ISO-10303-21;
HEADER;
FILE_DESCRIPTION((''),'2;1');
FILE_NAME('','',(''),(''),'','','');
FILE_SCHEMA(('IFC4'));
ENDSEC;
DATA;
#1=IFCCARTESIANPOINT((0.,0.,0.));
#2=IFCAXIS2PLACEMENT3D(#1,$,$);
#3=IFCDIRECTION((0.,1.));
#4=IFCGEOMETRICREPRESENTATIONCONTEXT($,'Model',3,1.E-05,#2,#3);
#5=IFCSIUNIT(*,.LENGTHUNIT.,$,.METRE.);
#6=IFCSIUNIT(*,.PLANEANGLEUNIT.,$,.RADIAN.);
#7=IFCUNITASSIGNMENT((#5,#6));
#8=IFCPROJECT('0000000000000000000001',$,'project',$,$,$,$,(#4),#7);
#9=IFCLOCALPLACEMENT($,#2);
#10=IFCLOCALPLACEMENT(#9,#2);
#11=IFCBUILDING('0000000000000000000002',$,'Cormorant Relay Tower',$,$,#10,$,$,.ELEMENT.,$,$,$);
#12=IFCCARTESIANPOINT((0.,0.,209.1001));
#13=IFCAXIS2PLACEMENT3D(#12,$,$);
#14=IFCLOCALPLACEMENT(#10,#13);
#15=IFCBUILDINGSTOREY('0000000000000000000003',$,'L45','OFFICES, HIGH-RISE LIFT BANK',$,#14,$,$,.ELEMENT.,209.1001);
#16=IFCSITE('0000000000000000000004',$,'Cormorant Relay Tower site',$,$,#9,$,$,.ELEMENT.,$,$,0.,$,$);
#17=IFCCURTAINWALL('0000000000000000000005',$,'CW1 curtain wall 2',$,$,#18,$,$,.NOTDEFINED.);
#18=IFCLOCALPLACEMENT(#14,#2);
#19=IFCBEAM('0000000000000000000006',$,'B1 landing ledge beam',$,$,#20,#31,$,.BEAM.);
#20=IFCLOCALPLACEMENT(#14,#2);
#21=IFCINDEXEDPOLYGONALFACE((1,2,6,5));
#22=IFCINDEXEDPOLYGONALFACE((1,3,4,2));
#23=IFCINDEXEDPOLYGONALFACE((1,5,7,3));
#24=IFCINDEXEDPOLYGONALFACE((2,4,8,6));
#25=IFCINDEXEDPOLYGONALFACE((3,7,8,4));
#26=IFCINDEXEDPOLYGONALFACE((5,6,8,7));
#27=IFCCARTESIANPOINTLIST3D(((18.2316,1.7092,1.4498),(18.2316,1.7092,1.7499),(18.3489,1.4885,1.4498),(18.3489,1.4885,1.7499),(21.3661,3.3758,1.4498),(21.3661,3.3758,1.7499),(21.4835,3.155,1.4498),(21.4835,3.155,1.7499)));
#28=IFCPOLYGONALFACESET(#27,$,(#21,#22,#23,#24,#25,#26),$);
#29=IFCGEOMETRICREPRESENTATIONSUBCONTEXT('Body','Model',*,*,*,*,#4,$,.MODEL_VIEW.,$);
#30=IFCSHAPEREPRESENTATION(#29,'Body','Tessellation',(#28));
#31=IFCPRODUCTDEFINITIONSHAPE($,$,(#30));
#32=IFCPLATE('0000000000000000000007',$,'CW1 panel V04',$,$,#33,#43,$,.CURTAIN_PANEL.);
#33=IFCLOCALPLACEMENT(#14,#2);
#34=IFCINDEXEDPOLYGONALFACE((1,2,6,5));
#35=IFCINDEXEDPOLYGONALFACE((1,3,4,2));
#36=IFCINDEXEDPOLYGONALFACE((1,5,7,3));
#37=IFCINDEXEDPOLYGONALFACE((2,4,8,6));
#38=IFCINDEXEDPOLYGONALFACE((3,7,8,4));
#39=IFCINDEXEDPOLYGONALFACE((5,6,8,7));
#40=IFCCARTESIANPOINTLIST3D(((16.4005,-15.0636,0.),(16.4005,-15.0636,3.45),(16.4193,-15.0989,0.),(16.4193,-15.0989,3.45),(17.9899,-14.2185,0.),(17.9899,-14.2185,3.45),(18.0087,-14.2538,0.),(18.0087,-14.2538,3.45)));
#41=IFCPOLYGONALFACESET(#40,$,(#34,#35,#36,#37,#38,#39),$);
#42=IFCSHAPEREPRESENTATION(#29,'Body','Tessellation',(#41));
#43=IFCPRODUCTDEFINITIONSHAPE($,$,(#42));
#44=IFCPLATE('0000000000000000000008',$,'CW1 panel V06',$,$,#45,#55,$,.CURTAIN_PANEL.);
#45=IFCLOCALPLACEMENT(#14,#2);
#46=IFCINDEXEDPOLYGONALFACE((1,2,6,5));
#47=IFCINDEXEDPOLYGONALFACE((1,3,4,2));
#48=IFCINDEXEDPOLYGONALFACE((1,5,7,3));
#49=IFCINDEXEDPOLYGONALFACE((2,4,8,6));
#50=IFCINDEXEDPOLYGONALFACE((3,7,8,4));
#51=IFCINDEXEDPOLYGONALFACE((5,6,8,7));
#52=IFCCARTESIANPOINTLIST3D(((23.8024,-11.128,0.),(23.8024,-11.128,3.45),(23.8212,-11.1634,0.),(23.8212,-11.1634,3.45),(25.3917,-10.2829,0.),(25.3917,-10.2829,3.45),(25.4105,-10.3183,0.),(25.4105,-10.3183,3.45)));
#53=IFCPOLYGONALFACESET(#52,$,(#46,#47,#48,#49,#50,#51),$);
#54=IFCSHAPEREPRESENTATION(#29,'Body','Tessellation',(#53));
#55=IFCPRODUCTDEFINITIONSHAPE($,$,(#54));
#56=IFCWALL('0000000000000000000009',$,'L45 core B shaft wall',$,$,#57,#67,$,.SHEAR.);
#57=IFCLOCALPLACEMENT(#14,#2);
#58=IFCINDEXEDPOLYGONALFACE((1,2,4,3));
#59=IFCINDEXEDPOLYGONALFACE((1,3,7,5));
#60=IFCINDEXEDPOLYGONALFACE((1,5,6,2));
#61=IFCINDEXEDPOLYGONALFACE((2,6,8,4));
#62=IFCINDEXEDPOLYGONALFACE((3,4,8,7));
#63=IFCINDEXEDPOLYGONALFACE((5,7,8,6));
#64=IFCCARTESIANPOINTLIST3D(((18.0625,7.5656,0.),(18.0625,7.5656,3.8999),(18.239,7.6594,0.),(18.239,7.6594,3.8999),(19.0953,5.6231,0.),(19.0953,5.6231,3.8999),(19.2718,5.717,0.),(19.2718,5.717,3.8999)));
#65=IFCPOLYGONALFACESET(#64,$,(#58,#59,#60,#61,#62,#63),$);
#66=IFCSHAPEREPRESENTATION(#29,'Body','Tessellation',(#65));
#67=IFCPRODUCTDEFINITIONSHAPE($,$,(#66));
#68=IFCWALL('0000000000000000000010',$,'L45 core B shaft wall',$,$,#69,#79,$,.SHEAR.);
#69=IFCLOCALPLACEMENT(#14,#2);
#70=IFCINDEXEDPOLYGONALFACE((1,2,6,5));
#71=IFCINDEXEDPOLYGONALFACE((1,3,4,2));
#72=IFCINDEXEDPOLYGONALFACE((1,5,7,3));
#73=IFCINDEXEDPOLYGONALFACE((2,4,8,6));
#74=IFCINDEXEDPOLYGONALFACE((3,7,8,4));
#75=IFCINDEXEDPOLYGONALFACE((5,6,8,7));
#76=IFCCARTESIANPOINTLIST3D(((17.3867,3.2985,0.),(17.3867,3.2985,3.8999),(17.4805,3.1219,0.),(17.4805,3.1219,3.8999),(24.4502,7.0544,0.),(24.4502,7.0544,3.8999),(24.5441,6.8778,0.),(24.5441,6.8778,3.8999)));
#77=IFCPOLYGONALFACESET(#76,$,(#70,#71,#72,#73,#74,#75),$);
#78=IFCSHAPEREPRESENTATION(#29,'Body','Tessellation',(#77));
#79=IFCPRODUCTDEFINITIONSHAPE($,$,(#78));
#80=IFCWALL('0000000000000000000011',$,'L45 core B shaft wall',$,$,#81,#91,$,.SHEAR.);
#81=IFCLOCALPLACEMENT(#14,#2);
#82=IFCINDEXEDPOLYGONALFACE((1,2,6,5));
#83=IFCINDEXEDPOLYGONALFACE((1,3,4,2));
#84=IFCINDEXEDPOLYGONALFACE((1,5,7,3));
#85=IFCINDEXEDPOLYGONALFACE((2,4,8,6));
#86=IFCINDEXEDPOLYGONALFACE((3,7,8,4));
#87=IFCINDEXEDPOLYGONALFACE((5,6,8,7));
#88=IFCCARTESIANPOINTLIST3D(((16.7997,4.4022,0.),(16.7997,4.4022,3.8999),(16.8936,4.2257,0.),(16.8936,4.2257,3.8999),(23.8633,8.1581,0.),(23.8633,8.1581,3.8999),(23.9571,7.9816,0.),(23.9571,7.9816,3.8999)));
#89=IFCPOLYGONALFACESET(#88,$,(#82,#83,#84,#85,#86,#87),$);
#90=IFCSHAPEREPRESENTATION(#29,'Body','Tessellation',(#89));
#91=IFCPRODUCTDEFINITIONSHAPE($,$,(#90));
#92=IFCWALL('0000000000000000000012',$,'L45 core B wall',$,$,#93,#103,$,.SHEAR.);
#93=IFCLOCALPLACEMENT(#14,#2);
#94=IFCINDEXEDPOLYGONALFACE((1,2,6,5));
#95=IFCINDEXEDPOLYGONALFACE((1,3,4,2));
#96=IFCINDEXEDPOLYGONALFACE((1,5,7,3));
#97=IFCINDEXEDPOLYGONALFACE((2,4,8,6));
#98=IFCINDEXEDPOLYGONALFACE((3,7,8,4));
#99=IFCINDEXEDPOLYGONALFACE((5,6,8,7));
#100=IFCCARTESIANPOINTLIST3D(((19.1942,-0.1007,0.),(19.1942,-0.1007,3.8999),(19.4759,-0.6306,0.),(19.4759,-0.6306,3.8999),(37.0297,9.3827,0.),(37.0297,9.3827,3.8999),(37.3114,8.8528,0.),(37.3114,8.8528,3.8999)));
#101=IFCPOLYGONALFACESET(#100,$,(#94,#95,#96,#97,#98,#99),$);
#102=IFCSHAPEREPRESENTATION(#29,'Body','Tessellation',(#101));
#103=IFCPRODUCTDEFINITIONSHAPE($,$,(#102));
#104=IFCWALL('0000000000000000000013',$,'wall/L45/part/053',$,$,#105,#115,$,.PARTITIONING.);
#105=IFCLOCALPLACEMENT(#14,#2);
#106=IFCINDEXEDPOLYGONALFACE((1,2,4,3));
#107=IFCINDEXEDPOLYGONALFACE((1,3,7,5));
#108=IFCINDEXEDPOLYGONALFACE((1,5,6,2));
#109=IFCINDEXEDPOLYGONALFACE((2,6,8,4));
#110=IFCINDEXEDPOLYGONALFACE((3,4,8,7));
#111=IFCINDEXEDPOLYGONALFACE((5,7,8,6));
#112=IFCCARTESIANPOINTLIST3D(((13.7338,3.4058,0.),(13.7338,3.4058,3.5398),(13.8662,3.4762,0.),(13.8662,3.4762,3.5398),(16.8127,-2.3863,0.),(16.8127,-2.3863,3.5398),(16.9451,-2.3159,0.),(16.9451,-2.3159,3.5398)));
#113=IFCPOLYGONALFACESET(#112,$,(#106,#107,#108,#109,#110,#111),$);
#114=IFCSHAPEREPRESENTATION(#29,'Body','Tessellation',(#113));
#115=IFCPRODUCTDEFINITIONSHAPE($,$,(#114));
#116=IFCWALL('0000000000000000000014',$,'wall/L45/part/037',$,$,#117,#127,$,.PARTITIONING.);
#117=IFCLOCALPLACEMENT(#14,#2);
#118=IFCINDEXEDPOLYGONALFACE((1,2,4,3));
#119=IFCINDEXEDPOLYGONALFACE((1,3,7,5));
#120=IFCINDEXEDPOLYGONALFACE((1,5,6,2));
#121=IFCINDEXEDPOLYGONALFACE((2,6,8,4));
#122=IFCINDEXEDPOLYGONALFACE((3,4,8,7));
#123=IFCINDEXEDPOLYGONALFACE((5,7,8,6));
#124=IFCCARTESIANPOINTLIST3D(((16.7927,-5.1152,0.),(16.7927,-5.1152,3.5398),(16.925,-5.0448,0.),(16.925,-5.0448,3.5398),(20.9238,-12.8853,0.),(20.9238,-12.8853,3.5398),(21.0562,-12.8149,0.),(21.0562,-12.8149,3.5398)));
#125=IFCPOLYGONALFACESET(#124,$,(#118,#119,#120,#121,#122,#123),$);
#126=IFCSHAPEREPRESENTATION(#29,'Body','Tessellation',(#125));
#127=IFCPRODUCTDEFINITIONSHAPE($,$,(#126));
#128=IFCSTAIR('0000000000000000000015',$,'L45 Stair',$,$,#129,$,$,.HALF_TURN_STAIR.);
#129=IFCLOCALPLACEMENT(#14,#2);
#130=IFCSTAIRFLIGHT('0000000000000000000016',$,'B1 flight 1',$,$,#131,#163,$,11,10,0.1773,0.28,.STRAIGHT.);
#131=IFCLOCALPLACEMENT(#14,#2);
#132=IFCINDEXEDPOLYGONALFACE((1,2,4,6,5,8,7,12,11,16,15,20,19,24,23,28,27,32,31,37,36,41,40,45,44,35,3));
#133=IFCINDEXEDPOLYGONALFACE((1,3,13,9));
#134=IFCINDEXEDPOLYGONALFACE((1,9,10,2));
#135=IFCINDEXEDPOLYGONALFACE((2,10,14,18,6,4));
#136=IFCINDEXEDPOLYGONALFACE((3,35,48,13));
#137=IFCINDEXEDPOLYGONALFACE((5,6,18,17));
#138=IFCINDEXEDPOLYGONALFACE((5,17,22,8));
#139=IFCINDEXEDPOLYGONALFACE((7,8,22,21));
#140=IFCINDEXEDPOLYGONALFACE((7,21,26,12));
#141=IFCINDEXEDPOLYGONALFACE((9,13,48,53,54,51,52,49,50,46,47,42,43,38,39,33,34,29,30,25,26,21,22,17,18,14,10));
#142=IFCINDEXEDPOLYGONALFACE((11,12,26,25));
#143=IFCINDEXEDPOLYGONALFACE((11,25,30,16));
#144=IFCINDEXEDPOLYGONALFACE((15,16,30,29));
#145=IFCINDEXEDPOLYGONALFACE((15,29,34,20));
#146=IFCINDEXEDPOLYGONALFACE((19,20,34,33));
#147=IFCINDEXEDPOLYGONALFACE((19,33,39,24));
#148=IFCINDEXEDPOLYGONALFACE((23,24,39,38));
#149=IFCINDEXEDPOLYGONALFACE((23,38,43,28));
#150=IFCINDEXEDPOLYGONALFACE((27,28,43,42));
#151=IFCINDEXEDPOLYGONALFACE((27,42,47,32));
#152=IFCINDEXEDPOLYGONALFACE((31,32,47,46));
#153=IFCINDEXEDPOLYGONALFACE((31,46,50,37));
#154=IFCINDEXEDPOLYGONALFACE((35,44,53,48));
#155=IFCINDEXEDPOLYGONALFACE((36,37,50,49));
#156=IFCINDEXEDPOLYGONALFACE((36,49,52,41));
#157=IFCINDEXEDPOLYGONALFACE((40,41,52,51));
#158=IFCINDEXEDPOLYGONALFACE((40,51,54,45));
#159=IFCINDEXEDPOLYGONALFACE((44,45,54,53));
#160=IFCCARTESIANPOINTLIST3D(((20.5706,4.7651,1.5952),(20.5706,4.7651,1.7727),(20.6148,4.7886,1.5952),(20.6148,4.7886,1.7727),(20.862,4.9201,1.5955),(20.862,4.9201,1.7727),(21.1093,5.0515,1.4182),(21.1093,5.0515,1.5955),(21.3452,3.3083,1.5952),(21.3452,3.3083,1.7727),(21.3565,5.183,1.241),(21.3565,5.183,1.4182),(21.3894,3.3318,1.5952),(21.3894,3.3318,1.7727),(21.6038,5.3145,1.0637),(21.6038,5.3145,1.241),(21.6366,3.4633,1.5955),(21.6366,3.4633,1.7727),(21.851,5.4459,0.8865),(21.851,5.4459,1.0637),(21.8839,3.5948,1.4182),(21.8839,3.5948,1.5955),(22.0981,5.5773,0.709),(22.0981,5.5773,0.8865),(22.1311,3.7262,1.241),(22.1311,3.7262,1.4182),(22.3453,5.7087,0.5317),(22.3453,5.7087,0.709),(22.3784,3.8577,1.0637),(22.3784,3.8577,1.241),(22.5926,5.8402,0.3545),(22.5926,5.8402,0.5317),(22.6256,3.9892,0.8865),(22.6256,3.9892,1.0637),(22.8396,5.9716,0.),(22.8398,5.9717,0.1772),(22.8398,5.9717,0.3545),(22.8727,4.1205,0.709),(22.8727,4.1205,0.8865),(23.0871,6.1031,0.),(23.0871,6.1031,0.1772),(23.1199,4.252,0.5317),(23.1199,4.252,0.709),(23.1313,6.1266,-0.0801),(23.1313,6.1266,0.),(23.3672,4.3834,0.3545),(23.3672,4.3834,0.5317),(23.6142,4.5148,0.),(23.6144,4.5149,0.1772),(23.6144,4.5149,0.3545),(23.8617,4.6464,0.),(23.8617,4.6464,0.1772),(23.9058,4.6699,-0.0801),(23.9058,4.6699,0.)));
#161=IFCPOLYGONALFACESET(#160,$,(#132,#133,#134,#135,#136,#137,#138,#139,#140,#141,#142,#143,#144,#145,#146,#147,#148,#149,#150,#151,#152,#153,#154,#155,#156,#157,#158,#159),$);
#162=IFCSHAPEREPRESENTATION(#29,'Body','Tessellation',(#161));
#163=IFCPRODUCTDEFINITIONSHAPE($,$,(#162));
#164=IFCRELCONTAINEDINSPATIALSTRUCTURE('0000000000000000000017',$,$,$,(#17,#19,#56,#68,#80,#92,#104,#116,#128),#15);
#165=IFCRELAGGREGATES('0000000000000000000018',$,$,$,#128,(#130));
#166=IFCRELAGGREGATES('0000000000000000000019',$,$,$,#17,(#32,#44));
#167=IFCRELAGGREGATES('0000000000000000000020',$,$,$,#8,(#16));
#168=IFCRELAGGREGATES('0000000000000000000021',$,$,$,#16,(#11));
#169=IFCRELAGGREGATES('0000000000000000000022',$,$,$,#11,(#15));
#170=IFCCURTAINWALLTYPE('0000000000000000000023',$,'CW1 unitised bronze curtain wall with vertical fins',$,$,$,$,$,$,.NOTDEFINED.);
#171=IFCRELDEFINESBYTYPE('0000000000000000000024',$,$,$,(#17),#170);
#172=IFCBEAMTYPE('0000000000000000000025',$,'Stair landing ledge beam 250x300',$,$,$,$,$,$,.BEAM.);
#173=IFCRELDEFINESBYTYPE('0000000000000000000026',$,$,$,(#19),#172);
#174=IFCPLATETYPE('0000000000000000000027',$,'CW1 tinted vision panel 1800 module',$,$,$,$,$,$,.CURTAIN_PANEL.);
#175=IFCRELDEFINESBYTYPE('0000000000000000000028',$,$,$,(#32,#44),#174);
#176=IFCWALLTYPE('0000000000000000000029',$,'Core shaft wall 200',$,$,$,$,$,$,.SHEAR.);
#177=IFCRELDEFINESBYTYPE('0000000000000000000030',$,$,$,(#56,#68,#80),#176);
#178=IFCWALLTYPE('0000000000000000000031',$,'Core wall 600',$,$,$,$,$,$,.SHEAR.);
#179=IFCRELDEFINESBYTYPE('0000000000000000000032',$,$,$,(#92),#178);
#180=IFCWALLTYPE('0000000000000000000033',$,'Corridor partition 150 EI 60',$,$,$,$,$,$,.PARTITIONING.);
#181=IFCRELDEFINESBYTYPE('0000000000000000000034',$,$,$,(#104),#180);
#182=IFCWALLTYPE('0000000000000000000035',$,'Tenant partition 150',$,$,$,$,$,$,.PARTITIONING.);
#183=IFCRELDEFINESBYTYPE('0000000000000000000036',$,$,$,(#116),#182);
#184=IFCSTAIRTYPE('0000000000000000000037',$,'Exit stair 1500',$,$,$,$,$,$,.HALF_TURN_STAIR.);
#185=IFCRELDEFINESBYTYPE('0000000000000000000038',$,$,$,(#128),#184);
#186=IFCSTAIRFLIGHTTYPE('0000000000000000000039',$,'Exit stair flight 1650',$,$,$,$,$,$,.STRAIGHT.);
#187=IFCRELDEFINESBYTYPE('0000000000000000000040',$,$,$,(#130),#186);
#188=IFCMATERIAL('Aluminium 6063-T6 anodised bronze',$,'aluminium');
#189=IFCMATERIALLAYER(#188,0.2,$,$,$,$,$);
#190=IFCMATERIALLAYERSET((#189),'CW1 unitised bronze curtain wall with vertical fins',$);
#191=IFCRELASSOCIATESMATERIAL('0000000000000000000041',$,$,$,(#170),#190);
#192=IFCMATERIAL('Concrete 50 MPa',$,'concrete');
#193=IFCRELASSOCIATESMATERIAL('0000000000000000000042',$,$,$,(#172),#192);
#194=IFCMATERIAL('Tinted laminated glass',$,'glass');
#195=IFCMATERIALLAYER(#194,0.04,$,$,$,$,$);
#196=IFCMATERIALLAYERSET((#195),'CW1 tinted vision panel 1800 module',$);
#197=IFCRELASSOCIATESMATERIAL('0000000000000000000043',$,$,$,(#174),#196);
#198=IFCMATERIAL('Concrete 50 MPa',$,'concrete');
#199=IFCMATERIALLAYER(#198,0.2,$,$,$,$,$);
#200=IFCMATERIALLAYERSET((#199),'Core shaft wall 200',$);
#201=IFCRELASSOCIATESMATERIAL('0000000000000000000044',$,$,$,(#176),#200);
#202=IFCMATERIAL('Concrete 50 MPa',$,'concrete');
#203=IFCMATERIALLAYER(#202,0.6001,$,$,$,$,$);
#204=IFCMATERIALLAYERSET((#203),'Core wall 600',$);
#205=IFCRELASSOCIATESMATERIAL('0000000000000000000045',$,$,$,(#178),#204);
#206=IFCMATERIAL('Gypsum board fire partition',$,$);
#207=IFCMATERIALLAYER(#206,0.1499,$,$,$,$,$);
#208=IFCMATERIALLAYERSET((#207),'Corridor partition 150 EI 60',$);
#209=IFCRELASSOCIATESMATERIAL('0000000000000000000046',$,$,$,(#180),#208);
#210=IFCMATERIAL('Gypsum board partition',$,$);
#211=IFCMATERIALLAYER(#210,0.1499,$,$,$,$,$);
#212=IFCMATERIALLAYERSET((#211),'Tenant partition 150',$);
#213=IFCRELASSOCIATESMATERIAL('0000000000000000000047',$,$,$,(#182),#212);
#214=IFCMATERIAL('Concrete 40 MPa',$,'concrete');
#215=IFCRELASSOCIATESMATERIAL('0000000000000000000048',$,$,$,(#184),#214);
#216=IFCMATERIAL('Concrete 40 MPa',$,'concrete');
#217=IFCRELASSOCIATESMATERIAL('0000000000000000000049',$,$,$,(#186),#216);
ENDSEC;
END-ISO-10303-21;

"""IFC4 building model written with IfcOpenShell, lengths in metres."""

from ifc_helpers import new_model, si_unit, direction, frame, frame_2d, origin, origin_2d, place, context, subcontext, project, spatial, polyline, rectangle, outline, extrude, material, layer, layer_set, material_profile, profile_set, type_object, element, aggregate, save


model = new_model("IFC4")

# Units and contexts
model_context = context("Model", 3, precision=1e-05, world=origin(), true_north=direction((0.0, 1.0)))
body_context = subcontext(model_context, "Body", "Model", "MODEL_VIEW")
ifc_project = project(units=[si_unit("LENGTHUNIT", "METRE"), si_unit("PLANEANGLEUNIT", "RADIAN")], contexts=[model_context])

# Site, building, storey
site_placement = place(None, origin())
site = spatial("IfcSite", under=ifc_project, at=site_placement, Name="Cormorant Relay Tower site", CompositionType="ELEMENT", RefElevation=0.0)
building_placement = place(site_placement, origin())
building = spatial("IfcBuilding", under=site, at=building_placement, Name="Cormorant Relay Tower", CompositionType="ELEMENT")
storey_placement = place(building_placement, frame((0.0, 0.0, 209.1001)))
storey = spatial("IfcBuildingStorey", under=building, at=storey_placement, Name="L45", Description="OFFICES, HIGH-RISE LIFT BANK", CompositionType="ELEMENT", Elevation=209.1001)

# Curtain wall
ifc_material_1 = material(Name="Aluminium 6063-T6 anodised bronze", Category="aluminium")
ifc_layer_1 = layer(ifc_material_1, 0.2)
ifc_layer_set_1 = layer_set([ifc_layer_1], Name="CW1 unitised bronze curtain wall with vertical fins")
curtain_wall_type = type_object("IfcCurtainWallType", Name="CW1 unitised bronze curtain wall with vertical fins", PredefinedType="NOTDEFINED", material=ifc_layer_set_1)
curtain_wall_placement = place(storey_placement, origin())
curtain_wall = element("IfcCurtainWall", 1, at=curtain_wall_placement, inside=storey, type_object=curtain_wall_type, Name="CW1 curtain wall 2", PredefinedType="NOTDEFINED")

# Beam
ifc_material_2 = material(Name="Concrete 50 MPa", Category="concrete")
ifc_material_profile_1 = material_profile(ifc_material_2, rectangle(XDim=0.25, YDim=0.3, at=origin_2d()), Name="RC 250x300")
ifc_profile_set_1 = profile_set([ifc_material_profile_1], Name="Concrete 50 MPa")
beam_type_1 = type_object("IfcBeamType", Name="Stair landing ledge beam 250x300", PredefinedType="BEAM", material=ifc_profile_set_1)
beam_1_placement = place(storey_placement, frame((21.4248, 3.2654, 1.5999), z_axis=(-0.882965, -0.469438, 0.0), x_axis=(0.469438, -0.882965, 0.0)))
element("IfcBeam", 2, at=beam_1_placement, inside=storey, type_object=beam_type_1, Name="B1 landing ledge beam", PredefinedType="BEAM", context=body_context, shape_type="SweptSolid", body=[
    extrude(rectangle(XDim=0.25, YDim=0.3, at=origin_2d()), origin(), (0.0, 0.0, 1.0), 3.55),
])

# Plates
ifc_material_3 = material(Name="Tinted laminated glass", Category="glass")
ifc_layer_2 = layer(ifc_material_3, 0.04)
ifc_layer_set_2 = layer_set([ifc_layer_2], Name="CW1 tinted vision panel 1800 module")
plate_type = type_object("IfcPlateType", Name="CW1 tinted vision panel 1800 module", PredefinedType="CURTAIN_PANEL", material=ifc_layer_set_2)
plate_1_placement = place(storey_placement, frame((17.2046, -14.6587, 0.0), z_axis=(0.0, 0.0, 1.0), x_axis=(0.882948, 0.469472, 0.0)))
plate_1 = element("IfcPlate", 3, at=plate_1_placement, type_object=plate_type, Name="CW1 panel V04", PredefinedType="CURTAIN_PANEL", context=body_context, shape_type="SweptSolid", body=[
    extrude(rectangle(XDim=1.8, YDim=0.04, at=origin_2d()), origin(), (0.0, 0.0, 1.0), 3.45),
])
plate_2_placement = place(storey_placement, frame((24.6064, -10.7231, 0.0), z_axis=(0.0, 0.0, 1.0), x_axis=(0.882948, 0.469472, 0.0)))
plate_2 = element("IfcPlate", 4, at=plate_2_placement, type_object=plate_type, Name="CW1 panel V06", PredefinedType="CURTAIN_PANEL", context=body_context, shape_type="SweptSolid", body=[
    extrude(rectangle(XDim=1.8, YDim=0.04, at=origin_2d()), origin(), (0.0, 0.0, 1.0), 3.45),
])

# Walls
ifc_material_4 = material(Name="Concrete 50 MPa", Category="concrete")
ifc_layer_3 = layer(ifc_material_4, 0.2)
ifc_layer_set_3 = layer_set([ifc_layer_3], Name="Core shaft wall 200")
wall_type_1 = type_object("IfcWallType", Name="Core shaft wall 200", PredefinedType="SHEAR", material=ifc_layer_set_3)
wall_1_placement = place(storey_placement, frame((19.1836, 5.6699, 0.0), z_axis=(0.0, 0.0, 1.0), x_axis=(-0.469447, 0.88296, 0.0)))
element("IfcWall", 5, at=wall_1_placement, inside=storey, type_object=wall_type_1, Name="L45 core B shaft wall", PredefinedType="SHEAR", context=body_context, shape_type="SweptSolid", body=[
    extrude(rectangle(XDim=2.2, YDim=0.2, at=frame_2d((1.1001, 0.0))), origin(), (0.0, 0.0, 1.0), 3.8999),
])
for number, where, z_axis, x_axis, name in (
    (6, (17.4336, 3.2102, 0.0), (0.0, 0.0, 1.0), (0.88294, 0.469485, 0.0), "L45 core B shaft wall"),
    (7, (16.8467, 4.314, 0.0), (0.0, 0.0, 1.0), (0.88294, 0.469485, 0.0), "L45 core B shaft wall"),
):
    element("IfcWall", number, at=place(storey_placement, frame(where, z_axis=z_axis, x_axis=x_axis)), inside=storey, type_object=wall_type_1, Name=name, PredefinedType="SHEAR", context=body_context, shape_type="SweptSolid", body=[
        extrude(rectangle(XDim=8.0, YDim=0.2, at=frame_2d((4.0, 0.0))), origin(), (0.0, 0.0, 1.0), 3.8999),
    ])

# Shared definitions
ifc_material_5 = material(Name="Concrete 50 MPa", Category="concrete")
ifc_layer_4 = layer(ifc_material_5, 0.6001)
ifc_layer_set_4 = layer_set([ifc_layer_4], Name="Core wall 600")
wall_type_2 = type_object("IfcWallType", Name="Core wall 600", PredefinedType="SHEAR", material=ifc_layer_set_4)

# Walls
wall_2_placement = place(storey_placement, frame((19.335, -0.3657, 0.0), z_axis=(0.0, 0.0, 1.0), x_axis=(0.882945, 0.469476, 0.0)))
element("IfcWall", 8, at=wall_2_placement, inside=storey, type_object=wall_type_2, Name="L45 core B wall", PredefinedType="SHEAR", context=body_context, shape_type="SweptSolid", body=[
    extrude(rectangle(XDim=20.2, YDim=0.6001, at=frame_2d((10.1001, 0.0))), origin(), (0.0, 0.0, 1.0), 3.8999),
])
ifc_material_6 = material(Name="Gypsum board fire partition")
ifc_layer_5 = layer(ifc_material_6, 0.1499)
ifc_layer_set_5 = layer_set([ifc_layer_5], Name="Corridor partition 150 EI 60")
wall_type_3 = type_object("IfcWallType", Name="Corridor partition 150 EI 60", PredefinedType="PARTITIONING", material=ifc_layer_set_5)
wall_3_placement = place(storey_placement, frame((16.8789, -2.3511, 0.0), z_axis=(0.0, 0.0, 1.0), x_axis=(-0.469377, 0.882998, 0.0)))
element("IfcWall", 9, at=wall_3_placement, inside=storey, type_object=wall_type_3, Name="wall/L45/part/053", PredefinedType="PARTITIONING", context=body_context, shape_type="SweptSolid", body=[
    extrude(rectangle(XDim=6.5596, YDim=0.1499, at=frame_2d((3.2798, 0.0))), origin(), (0.0, 0.0, 1.0), 3.5398),
])
ifc_material_7 = material(Name="Gypsum board partition")
ifc_layer_6 = layer(ifc_material_7, 0.1499)
ifc_layer_set_6 = layer_set([ifc_layer_6], Name="Tenant partition 150")
wall_type_4 = type_object("IfcWallType", Name="Tenant partition 150", PredefinedType="PARTITIONING", material=ifc_layer_set_6)
wall_4_placement = place(storey_placement, frame((16.8589, -5.0801, 0.0), z_axis=(0.0, 0.0, 1.0), x_axis=(0.469446, -0.882961, 0.0)))
element("IfcWall", 10, at=wall_4_placement, inside=storey, type_object=wall_type_4, Name="wall/L45/part/037", PredefinedType="PARTITIONING", context=body_context, shape_type="SweptSolid", body=[
    extrude(rectangle(XDim=8.8, YDim=0.1499, at=frame_2d((4.3999, 0.0))), origin(), (0.0, 0.0, 1.0), 3.5398),
])

# Stair, stair flight
ifc_material_8 = material(Name="Concrete 40 MPa", Category="concrete")
stair_type = type_object("IfcStairType", Name="Exit stair 1500", PredefinedType="HALF_TURN_STAIR", material=ifc_material_8)
stair_placement = place(storey_placement, origin())
stair = element("IfcStair", 11, at=stair_placement, inside=storey, type_object=stair_type, Name="L45 Stair", PredefinedType="HALF_TURN_STAIR")
ifc_material_9 = material(Name="Concrete 40 MPa", Category="concrete")
stair_flight_type = type_object("IfcStairFlightType", Name="Exit stair flight 1650", PredefinedType="STRAIGHT", material=ifc_material_9)
stair_flight_1_placement = place(storey_placement, frame((23.4744, 5.3748, 0.0), z_axis=(0.0, 0.0, 1.0), x_axis=(-0.882948, -0.469472, 0.0)))
stair_flight_1 = element("IfcStairFlight", 12, at=stair_flight_1_placement, type_object=stair_flight_type, Name="B1 flight 1", NumberOfRisers=11, NumberOfTreads=10, PredefinedType="STRAIGHT", RiserHeight=0.1773, TreadLength=0.28, context=body_context, shape_type="SweptSolid", body=[
    extrude(outline(polyline([(-0.05, -0.0801), (-0.05, 0.0), (0.0, 0.0), (0.0, 0.1772), (0.28, 0.1772), (0.28, 0.3545), (0.5601, 0.3545), (0.5601, 0.5317), (0.8401, 0.5317), (0.8401, 0.709), (1.1201, 0.709), (1.1201, 0.8865), (1.3999, 0.8865), (1.3999, 1.0637), (1.6799, 1.0637), (1.6799, 1.241), (1.96, 1.241), (1.96, 1.4182), (2.24, 1.4182), (2.24, 1.5955), (2.52, 1.5955), (2.52, 1.7727), (2.8, 1.7727), (2.8501, 1.7727), (2.8501, 1.5952), (2.8, 1.5952), (0.2803, 0.0), (-0.05, -0.0801)])), frame((0.0, 0.825, 0.0), z_axis=(0.0, -1.0, 0.0), x_axis=(1.0, 0.0, 0.0)), (0.0, 0.0, 1.0), 1.6499),
])
aggregate(stair, [stair_flight_1])

aggregate(curtain_wall, [plate_1, plate_2])

save(model, "model.ifc")
